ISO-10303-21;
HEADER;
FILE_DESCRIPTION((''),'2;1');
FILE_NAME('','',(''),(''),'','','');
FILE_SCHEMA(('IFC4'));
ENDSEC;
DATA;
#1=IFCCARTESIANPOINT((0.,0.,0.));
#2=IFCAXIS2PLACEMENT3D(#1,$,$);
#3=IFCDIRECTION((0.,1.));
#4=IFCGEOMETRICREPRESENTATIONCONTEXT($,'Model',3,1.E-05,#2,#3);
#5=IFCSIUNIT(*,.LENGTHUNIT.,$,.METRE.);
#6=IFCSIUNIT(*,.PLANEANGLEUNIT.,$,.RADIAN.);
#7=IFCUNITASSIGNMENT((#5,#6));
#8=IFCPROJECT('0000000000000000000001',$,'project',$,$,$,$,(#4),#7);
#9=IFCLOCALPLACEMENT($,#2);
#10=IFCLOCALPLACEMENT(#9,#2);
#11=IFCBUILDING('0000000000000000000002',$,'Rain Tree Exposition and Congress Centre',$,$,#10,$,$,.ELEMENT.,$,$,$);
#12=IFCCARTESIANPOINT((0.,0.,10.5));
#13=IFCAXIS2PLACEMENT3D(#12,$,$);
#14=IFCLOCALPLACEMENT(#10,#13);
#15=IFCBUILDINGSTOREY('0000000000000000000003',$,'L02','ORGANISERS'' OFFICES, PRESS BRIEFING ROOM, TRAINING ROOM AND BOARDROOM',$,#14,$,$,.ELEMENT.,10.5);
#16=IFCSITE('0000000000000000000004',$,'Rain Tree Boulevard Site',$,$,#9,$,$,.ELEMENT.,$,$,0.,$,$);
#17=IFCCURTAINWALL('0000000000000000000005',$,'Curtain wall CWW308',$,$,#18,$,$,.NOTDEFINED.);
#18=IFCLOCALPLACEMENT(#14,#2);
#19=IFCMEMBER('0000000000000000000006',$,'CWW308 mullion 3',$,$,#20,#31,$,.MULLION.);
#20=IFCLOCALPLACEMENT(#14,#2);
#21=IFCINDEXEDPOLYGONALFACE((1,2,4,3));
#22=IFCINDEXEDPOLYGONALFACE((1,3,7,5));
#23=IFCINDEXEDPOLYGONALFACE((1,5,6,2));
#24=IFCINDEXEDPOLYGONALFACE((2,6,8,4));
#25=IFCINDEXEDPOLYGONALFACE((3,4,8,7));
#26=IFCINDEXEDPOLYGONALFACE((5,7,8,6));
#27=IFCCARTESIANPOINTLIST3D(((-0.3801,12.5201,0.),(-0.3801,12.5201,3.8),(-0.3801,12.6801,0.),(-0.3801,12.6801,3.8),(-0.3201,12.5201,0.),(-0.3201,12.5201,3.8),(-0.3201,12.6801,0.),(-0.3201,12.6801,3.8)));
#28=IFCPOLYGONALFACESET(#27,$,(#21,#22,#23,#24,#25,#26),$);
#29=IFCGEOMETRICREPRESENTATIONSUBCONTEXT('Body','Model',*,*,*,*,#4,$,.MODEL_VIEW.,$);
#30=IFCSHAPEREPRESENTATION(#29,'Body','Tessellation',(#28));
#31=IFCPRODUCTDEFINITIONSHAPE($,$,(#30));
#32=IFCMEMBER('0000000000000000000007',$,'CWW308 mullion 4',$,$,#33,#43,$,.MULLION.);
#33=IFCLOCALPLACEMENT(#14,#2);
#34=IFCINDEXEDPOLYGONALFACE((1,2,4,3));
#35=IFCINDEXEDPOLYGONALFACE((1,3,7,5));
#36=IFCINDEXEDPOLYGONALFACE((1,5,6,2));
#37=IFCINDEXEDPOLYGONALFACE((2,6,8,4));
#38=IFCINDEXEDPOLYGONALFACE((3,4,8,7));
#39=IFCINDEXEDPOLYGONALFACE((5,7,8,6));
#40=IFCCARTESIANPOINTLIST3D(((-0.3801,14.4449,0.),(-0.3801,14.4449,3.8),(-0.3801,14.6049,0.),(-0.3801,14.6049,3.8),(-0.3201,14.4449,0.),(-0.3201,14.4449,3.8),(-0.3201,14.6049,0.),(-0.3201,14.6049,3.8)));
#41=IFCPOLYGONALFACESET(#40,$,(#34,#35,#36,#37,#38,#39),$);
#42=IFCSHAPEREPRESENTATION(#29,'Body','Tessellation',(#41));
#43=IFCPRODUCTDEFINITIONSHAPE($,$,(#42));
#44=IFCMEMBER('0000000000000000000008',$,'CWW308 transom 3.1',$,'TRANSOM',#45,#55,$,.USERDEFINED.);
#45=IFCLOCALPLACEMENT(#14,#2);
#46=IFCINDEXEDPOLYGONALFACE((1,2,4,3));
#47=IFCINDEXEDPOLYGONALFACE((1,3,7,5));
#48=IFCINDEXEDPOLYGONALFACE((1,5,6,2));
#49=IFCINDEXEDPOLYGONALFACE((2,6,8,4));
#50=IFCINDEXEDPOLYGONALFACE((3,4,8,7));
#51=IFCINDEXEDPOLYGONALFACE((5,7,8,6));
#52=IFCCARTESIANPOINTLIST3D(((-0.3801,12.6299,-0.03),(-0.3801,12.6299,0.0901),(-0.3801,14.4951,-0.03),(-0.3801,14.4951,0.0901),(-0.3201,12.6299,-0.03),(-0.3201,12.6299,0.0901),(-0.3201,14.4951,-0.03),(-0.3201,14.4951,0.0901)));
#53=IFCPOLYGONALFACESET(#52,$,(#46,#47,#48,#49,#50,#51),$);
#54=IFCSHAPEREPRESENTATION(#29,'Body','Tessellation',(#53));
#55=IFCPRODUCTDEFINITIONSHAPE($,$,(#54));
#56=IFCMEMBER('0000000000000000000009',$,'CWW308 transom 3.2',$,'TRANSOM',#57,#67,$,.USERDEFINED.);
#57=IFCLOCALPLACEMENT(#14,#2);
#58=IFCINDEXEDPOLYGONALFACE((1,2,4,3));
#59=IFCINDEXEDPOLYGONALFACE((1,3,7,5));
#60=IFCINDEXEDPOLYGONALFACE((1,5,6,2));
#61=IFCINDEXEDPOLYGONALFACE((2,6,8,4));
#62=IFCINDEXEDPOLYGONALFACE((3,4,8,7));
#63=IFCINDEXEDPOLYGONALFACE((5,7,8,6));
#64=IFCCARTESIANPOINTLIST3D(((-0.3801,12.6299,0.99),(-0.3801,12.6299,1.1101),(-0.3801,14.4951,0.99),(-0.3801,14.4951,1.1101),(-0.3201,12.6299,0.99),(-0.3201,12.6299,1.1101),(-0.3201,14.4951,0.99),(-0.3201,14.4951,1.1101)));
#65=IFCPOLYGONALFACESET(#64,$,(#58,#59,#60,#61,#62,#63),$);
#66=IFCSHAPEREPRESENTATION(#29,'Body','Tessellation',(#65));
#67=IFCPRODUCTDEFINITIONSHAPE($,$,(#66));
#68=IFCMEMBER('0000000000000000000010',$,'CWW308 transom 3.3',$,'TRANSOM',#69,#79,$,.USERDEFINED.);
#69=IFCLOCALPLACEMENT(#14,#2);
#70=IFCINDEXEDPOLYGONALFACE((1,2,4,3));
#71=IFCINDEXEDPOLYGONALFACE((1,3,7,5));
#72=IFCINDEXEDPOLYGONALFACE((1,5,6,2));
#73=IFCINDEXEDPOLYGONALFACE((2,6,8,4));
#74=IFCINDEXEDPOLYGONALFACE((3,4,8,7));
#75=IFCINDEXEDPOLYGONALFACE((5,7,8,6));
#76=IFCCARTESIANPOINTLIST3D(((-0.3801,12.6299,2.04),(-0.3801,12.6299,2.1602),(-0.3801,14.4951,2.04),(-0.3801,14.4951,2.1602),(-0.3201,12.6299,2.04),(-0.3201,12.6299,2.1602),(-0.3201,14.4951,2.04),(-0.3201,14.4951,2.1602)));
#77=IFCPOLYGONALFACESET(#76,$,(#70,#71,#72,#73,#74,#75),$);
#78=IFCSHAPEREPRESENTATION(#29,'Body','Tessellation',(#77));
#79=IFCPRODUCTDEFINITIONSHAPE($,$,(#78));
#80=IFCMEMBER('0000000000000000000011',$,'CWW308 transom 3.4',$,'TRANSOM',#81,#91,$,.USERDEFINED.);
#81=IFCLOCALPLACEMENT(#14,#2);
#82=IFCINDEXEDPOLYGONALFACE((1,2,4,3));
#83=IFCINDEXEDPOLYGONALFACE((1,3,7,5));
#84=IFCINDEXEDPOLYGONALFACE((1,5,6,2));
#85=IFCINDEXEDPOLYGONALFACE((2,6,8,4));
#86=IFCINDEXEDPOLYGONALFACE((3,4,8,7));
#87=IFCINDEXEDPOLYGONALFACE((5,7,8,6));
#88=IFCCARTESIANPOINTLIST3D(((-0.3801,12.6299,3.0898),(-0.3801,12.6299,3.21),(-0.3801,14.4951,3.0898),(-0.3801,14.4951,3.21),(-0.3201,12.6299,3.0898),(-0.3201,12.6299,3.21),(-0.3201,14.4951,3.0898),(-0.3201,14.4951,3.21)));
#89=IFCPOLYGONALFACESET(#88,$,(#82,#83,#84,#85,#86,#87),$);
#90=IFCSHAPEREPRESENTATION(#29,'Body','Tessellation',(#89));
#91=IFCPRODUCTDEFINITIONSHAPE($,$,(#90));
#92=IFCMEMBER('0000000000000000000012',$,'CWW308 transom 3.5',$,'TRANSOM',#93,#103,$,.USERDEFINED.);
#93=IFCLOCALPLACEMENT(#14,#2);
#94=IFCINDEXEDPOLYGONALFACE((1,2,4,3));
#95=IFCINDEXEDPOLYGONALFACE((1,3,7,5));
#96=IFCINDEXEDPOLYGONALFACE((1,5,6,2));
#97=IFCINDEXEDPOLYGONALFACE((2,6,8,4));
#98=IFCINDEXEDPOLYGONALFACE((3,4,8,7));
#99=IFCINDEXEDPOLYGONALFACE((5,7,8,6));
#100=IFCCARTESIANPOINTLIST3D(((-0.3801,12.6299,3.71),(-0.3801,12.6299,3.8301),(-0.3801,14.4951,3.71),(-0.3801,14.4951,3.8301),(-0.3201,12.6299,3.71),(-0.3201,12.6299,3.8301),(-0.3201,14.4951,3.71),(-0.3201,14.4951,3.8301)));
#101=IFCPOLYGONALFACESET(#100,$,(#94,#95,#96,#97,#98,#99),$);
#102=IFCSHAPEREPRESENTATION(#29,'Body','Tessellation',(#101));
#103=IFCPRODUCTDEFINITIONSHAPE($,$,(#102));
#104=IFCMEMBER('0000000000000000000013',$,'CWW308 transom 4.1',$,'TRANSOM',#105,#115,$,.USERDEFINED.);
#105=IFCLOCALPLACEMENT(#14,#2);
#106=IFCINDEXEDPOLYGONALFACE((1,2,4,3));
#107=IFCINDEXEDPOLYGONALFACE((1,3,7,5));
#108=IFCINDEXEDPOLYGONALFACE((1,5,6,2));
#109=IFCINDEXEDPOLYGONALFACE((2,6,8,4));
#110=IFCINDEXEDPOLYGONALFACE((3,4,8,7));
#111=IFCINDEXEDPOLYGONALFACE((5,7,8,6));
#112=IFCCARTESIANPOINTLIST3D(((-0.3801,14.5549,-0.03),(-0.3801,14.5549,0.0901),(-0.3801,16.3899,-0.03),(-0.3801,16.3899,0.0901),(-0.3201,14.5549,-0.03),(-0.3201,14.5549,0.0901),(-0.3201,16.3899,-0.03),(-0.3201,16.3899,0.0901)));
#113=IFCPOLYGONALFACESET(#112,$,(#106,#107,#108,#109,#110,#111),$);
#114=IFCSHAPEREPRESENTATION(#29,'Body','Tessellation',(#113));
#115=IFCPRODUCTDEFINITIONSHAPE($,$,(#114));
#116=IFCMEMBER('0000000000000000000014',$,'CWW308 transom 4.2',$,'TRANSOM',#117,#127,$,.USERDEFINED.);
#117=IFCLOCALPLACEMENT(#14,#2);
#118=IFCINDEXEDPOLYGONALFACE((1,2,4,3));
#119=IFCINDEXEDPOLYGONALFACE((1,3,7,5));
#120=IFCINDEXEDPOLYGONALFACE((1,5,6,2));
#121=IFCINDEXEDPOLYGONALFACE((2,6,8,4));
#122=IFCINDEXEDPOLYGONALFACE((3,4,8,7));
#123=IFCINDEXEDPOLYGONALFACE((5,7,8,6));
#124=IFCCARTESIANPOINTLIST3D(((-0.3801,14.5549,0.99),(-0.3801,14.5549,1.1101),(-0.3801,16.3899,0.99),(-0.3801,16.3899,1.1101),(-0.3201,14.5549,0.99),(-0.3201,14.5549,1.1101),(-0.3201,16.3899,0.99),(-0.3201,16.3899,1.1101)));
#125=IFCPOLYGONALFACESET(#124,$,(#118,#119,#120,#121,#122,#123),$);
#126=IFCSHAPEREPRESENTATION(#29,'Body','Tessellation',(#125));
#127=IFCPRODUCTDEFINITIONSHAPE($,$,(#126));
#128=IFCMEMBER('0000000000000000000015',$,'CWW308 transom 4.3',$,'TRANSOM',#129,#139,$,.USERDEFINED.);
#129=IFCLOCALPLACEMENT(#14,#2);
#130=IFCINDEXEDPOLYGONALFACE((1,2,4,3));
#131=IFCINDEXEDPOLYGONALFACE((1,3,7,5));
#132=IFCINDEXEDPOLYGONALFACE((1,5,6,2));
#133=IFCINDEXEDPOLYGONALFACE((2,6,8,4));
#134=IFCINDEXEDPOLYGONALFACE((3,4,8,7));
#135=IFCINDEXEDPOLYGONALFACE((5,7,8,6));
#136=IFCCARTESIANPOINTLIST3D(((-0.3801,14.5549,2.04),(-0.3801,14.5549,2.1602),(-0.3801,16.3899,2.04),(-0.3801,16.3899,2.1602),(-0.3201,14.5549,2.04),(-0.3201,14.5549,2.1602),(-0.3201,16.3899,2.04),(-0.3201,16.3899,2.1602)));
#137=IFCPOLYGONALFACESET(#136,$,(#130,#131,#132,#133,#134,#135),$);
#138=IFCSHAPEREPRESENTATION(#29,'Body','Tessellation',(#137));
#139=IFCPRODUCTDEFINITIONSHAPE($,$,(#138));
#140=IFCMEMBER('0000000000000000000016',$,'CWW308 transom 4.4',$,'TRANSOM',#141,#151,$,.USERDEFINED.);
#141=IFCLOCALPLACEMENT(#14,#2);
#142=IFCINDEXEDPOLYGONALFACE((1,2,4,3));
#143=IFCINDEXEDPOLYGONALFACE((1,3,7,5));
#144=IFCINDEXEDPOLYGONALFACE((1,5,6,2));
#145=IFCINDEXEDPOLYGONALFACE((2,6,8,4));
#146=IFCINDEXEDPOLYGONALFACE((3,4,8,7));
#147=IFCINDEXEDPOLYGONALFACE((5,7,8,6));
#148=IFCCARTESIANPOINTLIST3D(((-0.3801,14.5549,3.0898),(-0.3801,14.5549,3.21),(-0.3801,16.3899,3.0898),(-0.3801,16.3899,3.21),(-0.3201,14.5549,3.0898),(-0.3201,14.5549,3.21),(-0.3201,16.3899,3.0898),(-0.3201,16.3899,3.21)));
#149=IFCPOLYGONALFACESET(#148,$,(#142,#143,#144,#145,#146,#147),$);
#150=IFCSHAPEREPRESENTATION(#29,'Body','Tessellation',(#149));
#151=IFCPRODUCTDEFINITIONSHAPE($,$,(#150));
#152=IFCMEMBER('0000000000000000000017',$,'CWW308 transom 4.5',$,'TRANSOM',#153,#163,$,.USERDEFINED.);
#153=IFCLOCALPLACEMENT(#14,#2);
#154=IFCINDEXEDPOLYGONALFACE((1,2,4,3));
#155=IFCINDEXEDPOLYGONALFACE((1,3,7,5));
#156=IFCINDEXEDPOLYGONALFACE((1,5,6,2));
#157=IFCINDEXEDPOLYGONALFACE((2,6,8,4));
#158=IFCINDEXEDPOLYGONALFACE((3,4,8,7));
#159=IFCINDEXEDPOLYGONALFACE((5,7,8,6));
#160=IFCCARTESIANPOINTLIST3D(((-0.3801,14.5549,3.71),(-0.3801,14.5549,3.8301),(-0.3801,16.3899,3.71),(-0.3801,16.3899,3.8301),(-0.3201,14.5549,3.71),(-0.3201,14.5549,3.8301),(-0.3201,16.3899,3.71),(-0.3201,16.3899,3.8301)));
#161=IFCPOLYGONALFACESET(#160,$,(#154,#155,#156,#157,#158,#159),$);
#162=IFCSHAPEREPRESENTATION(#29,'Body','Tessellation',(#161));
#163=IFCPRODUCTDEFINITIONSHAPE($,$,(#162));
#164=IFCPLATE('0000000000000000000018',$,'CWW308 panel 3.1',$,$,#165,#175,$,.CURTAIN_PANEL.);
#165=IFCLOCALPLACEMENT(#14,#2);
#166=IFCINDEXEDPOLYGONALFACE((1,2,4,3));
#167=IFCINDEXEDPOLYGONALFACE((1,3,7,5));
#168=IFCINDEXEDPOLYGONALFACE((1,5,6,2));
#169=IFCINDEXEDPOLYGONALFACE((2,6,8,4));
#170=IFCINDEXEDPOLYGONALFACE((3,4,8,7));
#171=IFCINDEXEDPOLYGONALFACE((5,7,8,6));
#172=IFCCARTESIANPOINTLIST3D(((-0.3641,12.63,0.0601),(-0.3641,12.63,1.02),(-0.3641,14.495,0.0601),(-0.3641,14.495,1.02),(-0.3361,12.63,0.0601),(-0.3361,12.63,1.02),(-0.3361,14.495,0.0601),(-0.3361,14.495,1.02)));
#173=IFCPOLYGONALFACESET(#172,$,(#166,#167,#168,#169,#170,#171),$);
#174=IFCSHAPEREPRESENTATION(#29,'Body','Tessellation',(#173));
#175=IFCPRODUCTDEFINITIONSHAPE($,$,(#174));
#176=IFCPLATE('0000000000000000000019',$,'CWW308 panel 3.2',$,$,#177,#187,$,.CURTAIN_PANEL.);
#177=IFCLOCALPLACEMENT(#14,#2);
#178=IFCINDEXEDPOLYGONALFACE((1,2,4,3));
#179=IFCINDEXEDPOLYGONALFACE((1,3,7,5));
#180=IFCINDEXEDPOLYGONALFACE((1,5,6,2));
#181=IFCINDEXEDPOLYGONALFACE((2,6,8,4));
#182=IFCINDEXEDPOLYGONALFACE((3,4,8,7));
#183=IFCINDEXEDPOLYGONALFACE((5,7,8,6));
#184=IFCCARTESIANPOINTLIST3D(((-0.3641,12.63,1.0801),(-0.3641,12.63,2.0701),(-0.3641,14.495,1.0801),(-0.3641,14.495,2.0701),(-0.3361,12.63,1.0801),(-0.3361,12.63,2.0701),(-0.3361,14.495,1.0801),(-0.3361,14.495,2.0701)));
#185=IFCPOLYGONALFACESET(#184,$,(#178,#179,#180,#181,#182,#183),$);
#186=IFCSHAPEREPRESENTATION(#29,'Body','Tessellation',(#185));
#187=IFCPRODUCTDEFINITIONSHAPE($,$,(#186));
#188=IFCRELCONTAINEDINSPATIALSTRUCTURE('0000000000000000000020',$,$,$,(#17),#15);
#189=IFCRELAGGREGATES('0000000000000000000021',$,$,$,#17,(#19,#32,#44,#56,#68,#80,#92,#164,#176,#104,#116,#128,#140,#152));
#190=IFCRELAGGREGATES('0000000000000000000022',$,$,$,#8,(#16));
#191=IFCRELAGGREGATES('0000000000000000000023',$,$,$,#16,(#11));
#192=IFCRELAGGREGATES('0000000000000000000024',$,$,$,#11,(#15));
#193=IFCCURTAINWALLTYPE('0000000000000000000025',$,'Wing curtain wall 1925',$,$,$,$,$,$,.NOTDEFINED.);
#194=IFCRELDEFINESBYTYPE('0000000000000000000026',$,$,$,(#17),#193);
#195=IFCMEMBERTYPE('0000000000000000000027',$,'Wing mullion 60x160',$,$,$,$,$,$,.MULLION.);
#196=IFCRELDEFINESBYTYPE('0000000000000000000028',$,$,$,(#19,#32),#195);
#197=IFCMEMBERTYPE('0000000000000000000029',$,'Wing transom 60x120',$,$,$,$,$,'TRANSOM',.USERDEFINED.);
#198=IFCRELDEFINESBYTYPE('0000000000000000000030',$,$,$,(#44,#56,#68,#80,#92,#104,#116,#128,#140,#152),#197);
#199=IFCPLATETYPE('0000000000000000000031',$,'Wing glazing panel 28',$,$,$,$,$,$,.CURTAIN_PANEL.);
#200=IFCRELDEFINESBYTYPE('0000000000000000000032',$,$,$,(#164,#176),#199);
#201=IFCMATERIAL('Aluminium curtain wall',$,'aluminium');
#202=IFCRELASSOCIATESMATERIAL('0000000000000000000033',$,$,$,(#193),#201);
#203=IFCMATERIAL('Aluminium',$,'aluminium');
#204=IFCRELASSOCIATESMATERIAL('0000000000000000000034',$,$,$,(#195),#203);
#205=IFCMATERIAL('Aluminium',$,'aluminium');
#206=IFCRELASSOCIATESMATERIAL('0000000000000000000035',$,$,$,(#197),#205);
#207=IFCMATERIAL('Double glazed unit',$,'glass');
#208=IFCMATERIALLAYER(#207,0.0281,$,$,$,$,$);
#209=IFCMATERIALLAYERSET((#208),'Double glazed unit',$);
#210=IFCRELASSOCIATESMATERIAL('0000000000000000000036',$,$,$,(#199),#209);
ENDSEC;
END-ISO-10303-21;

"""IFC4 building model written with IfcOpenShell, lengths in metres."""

from ifc_helpers import new_model, si_unit, direction, frame, origin, origin_2d, place, context, subcontext, project, spatial, rectangle, extrude, material, layer, layer_set, material_profile, profile_set, type_object, element, aggregate, save


model = new_model("IFC4")

# Units and contexts
model_context = context("Model", 3, precision=1e-05, world=origin(), true_north=direction((0.0, 1.0)))
body_context = subcontext(model_context, "Body", "Model", "MODEL_VIEW")
ifc_project = project(units=[si_unit("LENGTHUNIT", "METRE"), si_unit("PLANEANGLEUNIT", "RADIAN")], contexts=[model_context])

# Site, building, storey
site_placement = place(None, origin())
site = spatial("IfcSite", under=ifc_project, at=site_placement, Name="Rain Tree Boulevard Site", CompositionType="ELEMENT", RefElevation=0.0)
building_placement = place(site_placement, origin())
building = spatial("IfcBuilding", under=site, at=building_placement, Name="Rain Tree Exposition and Congress Centre", CompositionType="ELEMENT")
storey_placement = place(building_placement, frame((0.0, 0.0, 10.5)))
storey = spatial("IfcBuildingStorey", under=building, at=storey_placement, Name="L02", Description="ORGANISERS' OFFICES, PRESS BRIEFING ROOM, TRAINING ROOM AND BOARDROOM", CompositionType="ELEMENT", Elevation=10.5)

# Curtain wall, members, plates
ifc_material_1 = material(Name="Aluminium curtain wall", Category="aluminium")
curtain_wall_type = type_object("IfcCurtainWallType", Name="Wing curtain wall 1925", PredefinedType="NOTDEFINED", material=ifc_material_1)
curtain_wall_placement = place(storey_placement, origin())
curtain_wall = element("IfcCurtainWall", 1, at=curtain_wall_placement, inside=storey, type_object=curtain_wall_type, Name="Curtain wall CWW308", PredefinedType="NOTDEFINED")
ifc_material_2 = material(Name="Aluminium", Category="aluminium")
ifc_material_profile_1 = material_profile(ifc_material_2, rectangle(XDim=0.0601, YDim=0.1599, at=origin_2d()), Name="Aluminium 60x160")
ifc_profile_set_1 = profile_set([ifc_material_profile_1], Name="Aluminium")
member_type_1 = type_object("IfcMemberType", Name="Wing mullion 60x160", PredefinedType="MULLION", material=ifc_profile_set_1)
member_1_placement = place(storey_placement, frame((-0.3501, 12.6001, 0.0), z_axis=(0.0, 0.0, 1.0), x_axis=(-1.0, 0.0, 0.0)))
member_1 = element("IfcMember", 2, at=member_1_placement, type_object=member_type_1, Name="CWW308 mullion 3", PredefinedType="MULLION", context=body_context, shape_type="SweptSolid", body=[
    extrude(rectangle(XDim=0.0601, YDim=0.1599, at=origin_2d()), origin(), (0.0, 0.0, 1.0), 3.8),
])
member_2_placement = place(storey_placement, frame((-0.3501, 14.5249, 0.0), z_axis=(0.0, 0.0, 1.0), x_axis=(-1.0, 0.0, 0.0)))
member_2 = element("IfcMember", 3, at=member_2_placement, type_object=member_type_1, Name="CWW308 mullion 4", PredefinedType="MULLION", context=body_context, shape_type="SweptSolid", body=[
    extrude(rectangle(XDim=0.0601, YDim=0.1599, at=origin_2d()), origin(), (0.0, 0.0, 1.0), 3.8),
])
ifc_material_3 = material(Name="Aluminium", Category="aluminium")
ifc_material_profile_2 = material_profile(ifc_material_3, rectangle(XDim=0.0601, YDim=0.1201, at=origin_2d()), Name="Aluminium 60x120")
ifc_profile_set_2 = profile_set([ifc_material_profile_2], Name="Aluminium")
member_type_2 = type_object("IfcMemberType", Name="Wing transom 60x120", ElementType="TRANSOM", PredefinedType="USERDEFINED", material=ifc_profile_set_2)
member_3_placement = place(storey_placement, frame((-0.3501, 12.6299, 0.03), z_axis=(0.0, 1.0, 0.0), x_axis=(-1.0, 0.0, 0.0)))
member_3 = element("IfcMember", 4, at=member_3_placement, type_object=member_type_2, Name="CWW308 transom 3.1", ObjectType="TRANSOM", PredefinedType="USERDEFINED", context=body_context, shape_type="SweptSolid", body=[
    extrude(rectangle(XDim=0.0601, YDim=0.1201, at=origin_2d()), origin(), (0.0, 0.0, 1.0), 1.8652),
])
member_4_placement = place(storey_placement, frame((-0.3501, 12.6299, 1.05), z_axis=(0.0, 1.0, 0.0), x_axis=(-1.0, 0.0, 0.0)))
member_4 = element("IfcMember", 5, at=member_4_placement, type_object=member_type_2, Name="CWW308 transom 3.2", ObjectType="TRANSOM", PredefinedType="USERDEFINED", context=body_context, shape_type="SweptSolid", body=[
    extrude(rectangle(XDim=0.0601, YDim=0.1201, at=origin_2d()), origin(), (0.0, 0.0, 1.0), 1.8652),
])
member_5_placement = place(storey_placement, frame((-0.3501, 12.6299, 2.1001), z_axis=(0.0, 1.0, 0.0), x_axis=(-1.0, 0.0, 0.0)))
member_5 = element("IfcMember", 6, at=member_5_placement, type_object=member_type_2, Name="CWW308 transom 3.3", ObjectType="TRANSOM", PredefinedType="USERDEFINED", context=body_context, shape_type="SweptSolid", body=[
    extrude(rectangle(XDim=0.0601, YDim=0.1201, at=origin_2d()), origin(), (0.0, 0.0, 1.0), 1.8652),
])
member_6_placement = place(storey_placement, frame((-0.3501, 12.6299, 3.1499), z_axis=(0.0, 1.0, 0.0), x_axis=(-1.0, 0.0, 0.0)))
member_6 = element("IfcMember", 7, at=member_6_placement, type_object=member_type_2, Name="CWW308 transom 3.4", ObjectType="TRANSOM", PredefinedType="USERDEFINED", context=body_context, shape_type="SweptSolid", body=[
    extrude(rectangle(XDim=0.0601, YDim=0.1201, at=origin_2d()), origin(), (0.0, 0.0, 1.0), 1.8652),
])
member_7_placement = place(storey_placement, frame((-0.3501, 12.6299, 3.77), z_axis=(0.0, 1.0, 0.0), x_axis=(-1.0, 0.0, 0.0)))
member_7 = element("IfcMember", 8, at=member_7_placement, type_object=member_type_2, Name="CWW308 transom 3.5", ObjectType="TRANSOM", PredefinedType="USERDEFINED", context=body_context, shape_type="SweptSolid", body=[
    extrude(rectangle(XDim=0.0601, YDim=0.1201, at=origin_2d()), origin(), (0.0, 0.0, 1.0), 1.8652),
])
member_8_placement = place(storey_placement, frame((-0.3501, 14.5549, 0.03), z_axis=(0.0, 1.0, 0.0), x_axis=(-1.0, 0.0, 0.0)))
member_8 = element("IfcMember", 9, at=member_8_placement, type_object=member_type_2, Name="CWW308 transom 4.1", ObjectType="TRANSOM", PredefinedType="USERDEFINED", context=body_context, shape_type="SweptSolid", body=[
    extrude(rectangle(XDim=0.0601, YDim=0.1201, at=origin_2d()), origin(), (0.0, 0.0, 1.0), 1.835),
])
member_9_placement = place(storey_placement, frame((-0.3501, 14.5549, 1.05), z_axis=(0.0, 1.0, 0.0), x_axis=(-1.0, 0.0, 0.0)))
member_9 = element("IfcMember", 10, at=member_9_placement, type_object=member_type_2, Name="CWW308 transom 4.2", ObjectType="TRANSOM", PredefinedType="USERDEFINED", context=body_context, shape_type="SweptSolid", body=[
    extrude(rectangle(XDim=0.0601, YDim=0.1201, at=origin_2d()), origin(), (0.0, 0.0, 1.0), 1.835),
])
member_10_placement = place(storey_placement, frame((-0.3501, 14.5549, 2.1001), z_axis=(0.0, 1.0, 0.0), x_axis=(-1.0, 0.0, 0.0)))
member_10 = element("IfcMember", 11, at=member_10_placement, type_object=member_type_2, Name="CWW308 transom 4.3", ObjectType="TRANSOM", PredefinedType="USERDEFINED", context=body_context, shape_type="SweptSolid", body=[
    extrude(rectangle(XDim=0.0601, YDim=0.1201, at=origin_2d()), origin(), (0.0, 0.0, 1.0), 1.835),
])
member_11_placement = place(storey_placement, frame((-0.3501, 14.5549, 3.1499), z_axis=(0.0, 1.0, 0.0), x_axis=(-1.0, 0.0, 0.0)))
member_11 = element("IfcMember", 12, at=member_11_placement, type_object=member_type_2, Name="CWW308 transom 4.4", ObjectType="TRANSOM", PredefinedType="USERDEFINED", context=body_context, shape_type="SweptSolid", body=[
    extrude(rectangle(XDim=0.0601, YDim=0.1201, at=origin_2d()), origin(), (0.0, 0.0, 1.0), 1.835),
])
member_12_placement = place(storey_placement, frame((-0.3501, 14.5549, 3.77), z_axis=(0.0, 1.0, 0.0), x_axis=(-1.0, 0.0, 0.0)))
member_12 = element("IfcMember", 13, at=member_12_placement, type_object=member_type_2, Name="CWW308 transom 4.5", ObjectType="TRANSOM", PredefinedType="USERDEFINED", context=body_context, shape_type="SweptSolid", body=[
    extrude(rectangle(XDim=0.0601, YDim=0.1201, at=origin_2d()), origin(), (0.0, 0.0, 1.0), 1.835),
])
ifc_material_4 = material(Name="Double glazed unit", Category="glass")
ifc_layer_1 = layer(ifc_material_4, 0.0281)
ifc_layer_set_1 = layer_set([ifc_layer_1], Name="Double glazed unit")
plate_type = type_object("IfcPlateType", Name="Wing glazing panel 28", PredefinedType="CURTAIN_PANEL", material=ifc_layer_set_1)
plate_1_placement = place(storey_placement, frame((-0.3501, 13.5625, 0.0601), z_axis=(0.0, 0.0, 1.0), x_axis=(0.0, 1.0, 0.0)))
plate_1 = element("IfcPlate", 14, at=plate_1_placement, type_object=plate_type, Name="CWW308 panel 3.1", PredefinedType="CURTAIN_PANEL", context=body_context, shape_type="SweptSolid", body=[
    extrude(rectangle(XDim=1.865, YDim=0.0281, at=origin_2d()), origin(), (0.0, 0.0, 1.0), 0.96),
])
plate_2_placement = place(storey_placement, frame((-0.3501, 13.5625, 1.0801), z_axis=(0.0, 0.0, 1.0), x_axis=(0.0, 1.0, 0.0)))
plate_2 = element("IfcPlate", 15, at=plate_2_placement, type_object=plate_type, Name="CWW308 panel 3.2", PredefinedType="CURTAIN_PANEL", context=body_context, shape_type="SweptSolid", body=[
    extrude(rectangle(XDim=1.865, YDim=0.0281, at=origin_2d()), origin(), (0.0, 0.0, 1.0), 0.99),
])
aggregate(curtain_wall, [member_1, member_2, member_3, member_4, member_5, member_6, member_7, plate_1, plate_2, member_8, member_9, member_10, member_11, member_12])

save(model, "model.ifc")
